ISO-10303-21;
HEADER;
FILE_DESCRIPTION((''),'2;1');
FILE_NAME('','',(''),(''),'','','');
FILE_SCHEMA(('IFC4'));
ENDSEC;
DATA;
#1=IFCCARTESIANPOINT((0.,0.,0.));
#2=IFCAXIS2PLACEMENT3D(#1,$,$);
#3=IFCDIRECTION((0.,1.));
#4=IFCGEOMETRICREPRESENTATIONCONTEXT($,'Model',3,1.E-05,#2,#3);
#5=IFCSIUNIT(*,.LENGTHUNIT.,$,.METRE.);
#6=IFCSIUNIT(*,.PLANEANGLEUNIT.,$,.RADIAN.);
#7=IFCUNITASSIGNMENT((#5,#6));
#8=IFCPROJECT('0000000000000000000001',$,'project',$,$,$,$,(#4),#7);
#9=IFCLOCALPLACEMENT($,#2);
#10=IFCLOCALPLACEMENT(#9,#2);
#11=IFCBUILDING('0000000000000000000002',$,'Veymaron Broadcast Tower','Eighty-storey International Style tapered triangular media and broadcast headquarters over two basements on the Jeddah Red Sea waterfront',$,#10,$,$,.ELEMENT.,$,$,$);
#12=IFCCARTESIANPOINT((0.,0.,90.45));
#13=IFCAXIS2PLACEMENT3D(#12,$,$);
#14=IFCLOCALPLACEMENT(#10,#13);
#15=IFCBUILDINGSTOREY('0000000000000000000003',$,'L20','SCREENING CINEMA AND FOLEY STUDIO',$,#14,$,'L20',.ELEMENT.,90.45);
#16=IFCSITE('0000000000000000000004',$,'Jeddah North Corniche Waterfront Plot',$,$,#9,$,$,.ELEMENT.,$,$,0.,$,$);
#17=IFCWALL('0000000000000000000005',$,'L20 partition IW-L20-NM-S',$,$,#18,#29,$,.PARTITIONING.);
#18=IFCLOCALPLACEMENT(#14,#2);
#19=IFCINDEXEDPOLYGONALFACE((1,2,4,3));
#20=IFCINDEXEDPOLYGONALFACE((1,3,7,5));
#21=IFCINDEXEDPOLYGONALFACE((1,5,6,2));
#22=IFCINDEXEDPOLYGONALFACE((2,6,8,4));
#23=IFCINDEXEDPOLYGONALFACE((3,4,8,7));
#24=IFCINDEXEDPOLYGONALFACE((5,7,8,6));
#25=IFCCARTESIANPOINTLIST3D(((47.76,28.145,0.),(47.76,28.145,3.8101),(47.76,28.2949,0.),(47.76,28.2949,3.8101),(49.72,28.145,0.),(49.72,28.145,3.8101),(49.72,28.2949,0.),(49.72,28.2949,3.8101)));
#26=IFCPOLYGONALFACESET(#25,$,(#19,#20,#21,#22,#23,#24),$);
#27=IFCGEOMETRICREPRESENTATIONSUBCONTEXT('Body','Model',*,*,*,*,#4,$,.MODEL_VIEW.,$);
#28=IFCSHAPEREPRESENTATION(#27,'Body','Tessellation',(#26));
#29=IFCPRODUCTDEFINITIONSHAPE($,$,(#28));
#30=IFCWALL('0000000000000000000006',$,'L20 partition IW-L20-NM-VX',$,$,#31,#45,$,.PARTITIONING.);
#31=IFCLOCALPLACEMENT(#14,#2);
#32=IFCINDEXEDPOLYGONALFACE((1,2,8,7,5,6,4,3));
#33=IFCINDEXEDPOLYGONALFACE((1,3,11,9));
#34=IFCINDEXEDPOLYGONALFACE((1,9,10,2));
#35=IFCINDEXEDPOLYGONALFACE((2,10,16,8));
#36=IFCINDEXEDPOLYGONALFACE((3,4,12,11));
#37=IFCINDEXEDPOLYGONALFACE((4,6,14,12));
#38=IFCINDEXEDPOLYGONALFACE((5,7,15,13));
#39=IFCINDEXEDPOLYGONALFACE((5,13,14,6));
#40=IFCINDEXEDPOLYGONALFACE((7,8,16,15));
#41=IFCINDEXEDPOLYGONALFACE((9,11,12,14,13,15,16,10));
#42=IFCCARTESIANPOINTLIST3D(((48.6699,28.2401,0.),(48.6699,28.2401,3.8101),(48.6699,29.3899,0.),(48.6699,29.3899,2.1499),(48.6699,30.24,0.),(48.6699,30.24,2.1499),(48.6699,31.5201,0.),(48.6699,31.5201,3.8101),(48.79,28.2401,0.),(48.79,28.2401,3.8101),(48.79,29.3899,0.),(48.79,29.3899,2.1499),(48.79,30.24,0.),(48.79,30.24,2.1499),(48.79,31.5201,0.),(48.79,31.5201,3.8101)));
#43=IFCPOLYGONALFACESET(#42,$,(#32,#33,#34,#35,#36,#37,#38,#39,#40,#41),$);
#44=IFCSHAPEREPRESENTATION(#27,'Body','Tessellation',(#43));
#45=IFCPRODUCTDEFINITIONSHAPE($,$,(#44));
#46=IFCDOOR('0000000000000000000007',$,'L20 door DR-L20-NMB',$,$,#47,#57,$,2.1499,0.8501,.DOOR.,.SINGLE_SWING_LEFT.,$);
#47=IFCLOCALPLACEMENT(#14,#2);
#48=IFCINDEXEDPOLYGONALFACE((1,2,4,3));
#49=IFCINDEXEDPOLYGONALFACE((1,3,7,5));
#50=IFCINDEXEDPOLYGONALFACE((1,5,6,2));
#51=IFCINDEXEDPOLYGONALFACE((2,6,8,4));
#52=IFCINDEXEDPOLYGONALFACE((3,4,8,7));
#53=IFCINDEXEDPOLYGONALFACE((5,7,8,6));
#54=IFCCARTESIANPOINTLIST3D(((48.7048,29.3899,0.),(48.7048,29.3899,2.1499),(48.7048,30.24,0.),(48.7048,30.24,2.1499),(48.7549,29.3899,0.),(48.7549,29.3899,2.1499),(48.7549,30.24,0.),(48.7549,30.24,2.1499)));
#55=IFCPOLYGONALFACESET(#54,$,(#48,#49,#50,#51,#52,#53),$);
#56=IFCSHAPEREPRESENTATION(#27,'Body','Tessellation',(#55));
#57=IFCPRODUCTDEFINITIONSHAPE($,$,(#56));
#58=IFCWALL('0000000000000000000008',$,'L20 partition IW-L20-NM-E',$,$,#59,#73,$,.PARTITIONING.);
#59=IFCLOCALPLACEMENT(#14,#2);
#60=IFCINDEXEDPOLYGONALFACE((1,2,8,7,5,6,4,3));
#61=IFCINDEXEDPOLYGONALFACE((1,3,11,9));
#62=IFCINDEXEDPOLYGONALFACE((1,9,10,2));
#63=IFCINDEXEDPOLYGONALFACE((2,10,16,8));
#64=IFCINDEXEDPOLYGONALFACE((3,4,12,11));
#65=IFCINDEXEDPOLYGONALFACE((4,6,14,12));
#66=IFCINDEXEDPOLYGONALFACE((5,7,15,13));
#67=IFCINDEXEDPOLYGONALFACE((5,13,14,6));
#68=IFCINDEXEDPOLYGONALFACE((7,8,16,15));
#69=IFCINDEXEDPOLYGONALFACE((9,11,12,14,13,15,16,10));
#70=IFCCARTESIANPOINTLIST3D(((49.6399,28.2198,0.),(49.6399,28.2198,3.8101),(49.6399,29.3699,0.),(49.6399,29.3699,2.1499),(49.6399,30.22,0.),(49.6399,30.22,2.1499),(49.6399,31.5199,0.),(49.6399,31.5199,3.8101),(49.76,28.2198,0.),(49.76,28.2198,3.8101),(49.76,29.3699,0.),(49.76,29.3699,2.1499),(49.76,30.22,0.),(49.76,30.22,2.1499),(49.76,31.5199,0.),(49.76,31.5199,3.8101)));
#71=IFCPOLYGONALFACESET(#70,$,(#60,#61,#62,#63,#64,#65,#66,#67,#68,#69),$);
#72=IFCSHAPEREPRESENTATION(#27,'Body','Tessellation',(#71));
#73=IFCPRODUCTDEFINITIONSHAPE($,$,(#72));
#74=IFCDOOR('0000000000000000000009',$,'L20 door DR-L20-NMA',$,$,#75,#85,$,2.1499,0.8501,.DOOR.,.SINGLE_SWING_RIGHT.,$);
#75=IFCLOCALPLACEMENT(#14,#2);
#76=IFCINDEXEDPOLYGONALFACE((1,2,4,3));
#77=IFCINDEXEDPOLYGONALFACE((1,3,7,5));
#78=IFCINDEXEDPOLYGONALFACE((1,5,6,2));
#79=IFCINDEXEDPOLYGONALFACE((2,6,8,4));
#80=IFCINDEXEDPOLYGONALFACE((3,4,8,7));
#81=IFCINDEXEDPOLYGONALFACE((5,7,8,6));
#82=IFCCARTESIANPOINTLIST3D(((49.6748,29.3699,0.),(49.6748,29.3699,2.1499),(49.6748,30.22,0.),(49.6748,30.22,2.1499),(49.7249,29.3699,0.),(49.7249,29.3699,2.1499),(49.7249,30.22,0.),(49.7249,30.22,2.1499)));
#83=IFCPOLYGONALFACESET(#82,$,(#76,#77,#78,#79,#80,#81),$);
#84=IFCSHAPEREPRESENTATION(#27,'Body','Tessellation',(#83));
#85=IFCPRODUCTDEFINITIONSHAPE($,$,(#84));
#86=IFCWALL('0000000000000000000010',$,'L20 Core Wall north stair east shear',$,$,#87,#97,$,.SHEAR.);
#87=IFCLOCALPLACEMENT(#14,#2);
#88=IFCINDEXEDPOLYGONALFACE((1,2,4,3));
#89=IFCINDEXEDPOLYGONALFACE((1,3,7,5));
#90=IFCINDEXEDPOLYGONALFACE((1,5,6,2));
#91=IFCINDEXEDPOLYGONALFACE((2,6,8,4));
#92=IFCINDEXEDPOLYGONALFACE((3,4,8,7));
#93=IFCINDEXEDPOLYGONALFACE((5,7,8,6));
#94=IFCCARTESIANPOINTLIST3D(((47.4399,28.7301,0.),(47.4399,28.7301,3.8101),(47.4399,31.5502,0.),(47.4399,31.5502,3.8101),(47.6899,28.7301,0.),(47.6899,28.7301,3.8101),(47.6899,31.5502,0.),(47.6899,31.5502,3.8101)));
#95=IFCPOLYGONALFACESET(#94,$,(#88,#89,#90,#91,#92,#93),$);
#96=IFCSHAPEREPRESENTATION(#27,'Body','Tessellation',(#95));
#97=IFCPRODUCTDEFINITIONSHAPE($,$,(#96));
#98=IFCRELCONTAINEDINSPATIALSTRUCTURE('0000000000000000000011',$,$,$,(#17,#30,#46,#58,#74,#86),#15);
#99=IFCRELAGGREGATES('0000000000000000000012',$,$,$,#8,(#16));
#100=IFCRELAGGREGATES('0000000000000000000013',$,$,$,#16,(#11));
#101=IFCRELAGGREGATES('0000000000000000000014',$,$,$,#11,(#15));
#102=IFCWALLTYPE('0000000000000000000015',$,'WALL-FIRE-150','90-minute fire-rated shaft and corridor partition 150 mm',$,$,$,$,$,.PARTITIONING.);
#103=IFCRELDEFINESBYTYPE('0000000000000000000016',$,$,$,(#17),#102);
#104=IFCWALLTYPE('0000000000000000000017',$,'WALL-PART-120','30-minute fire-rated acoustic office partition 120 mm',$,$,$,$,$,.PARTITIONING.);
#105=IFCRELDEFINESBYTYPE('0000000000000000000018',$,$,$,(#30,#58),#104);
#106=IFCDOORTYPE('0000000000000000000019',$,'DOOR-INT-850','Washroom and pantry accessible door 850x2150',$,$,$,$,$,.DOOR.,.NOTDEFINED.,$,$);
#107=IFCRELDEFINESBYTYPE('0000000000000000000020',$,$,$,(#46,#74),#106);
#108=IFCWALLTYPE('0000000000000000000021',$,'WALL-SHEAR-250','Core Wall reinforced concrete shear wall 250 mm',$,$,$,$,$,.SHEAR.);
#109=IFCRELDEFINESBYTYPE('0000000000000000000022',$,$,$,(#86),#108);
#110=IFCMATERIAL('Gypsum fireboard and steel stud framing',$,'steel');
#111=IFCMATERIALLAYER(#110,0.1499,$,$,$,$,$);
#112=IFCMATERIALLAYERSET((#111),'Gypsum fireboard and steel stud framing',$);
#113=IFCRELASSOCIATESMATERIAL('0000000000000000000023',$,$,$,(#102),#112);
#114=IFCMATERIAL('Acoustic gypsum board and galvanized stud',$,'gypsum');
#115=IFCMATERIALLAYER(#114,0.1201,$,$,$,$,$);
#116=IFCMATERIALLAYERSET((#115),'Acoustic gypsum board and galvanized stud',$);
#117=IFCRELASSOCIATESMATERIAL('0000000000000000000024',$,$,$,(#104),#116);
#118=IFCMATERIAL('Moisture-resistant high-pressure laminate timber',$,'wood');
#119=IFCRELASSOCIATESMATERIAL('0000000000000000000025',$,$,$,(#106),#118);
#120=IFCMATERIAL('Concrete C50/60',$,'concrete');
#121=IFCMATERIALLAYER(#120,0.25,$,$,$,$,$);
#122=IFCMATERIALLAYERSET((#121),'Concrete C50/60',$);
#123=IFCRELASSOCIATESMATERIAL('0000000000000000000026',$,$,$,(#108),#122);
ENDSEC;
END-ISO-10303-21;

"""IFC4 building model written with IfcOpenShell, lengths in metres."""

from ifc_helpers import new_model, si_unit, direction, frame, frame_2d, origin, place, context, subcontext, project, spatial, rectangle, extrude, material, layer, layer_set, type_object, element, fill, save


model = new_model("IFC4")

# Units and contexts
model_context = context("Model", 3, precision=1e-05, world=origin(), true_north=direction((0.0, 1.0)))
body_context = subcontext(model_context, "Body", "Model", "MODEL_VIEW")
ifc_project = project(units=[si_unit("LENGTHUNIT", "METRE"), si_unit("PLANEANGLEUNIT", "RADIAN")], contexts=[model_context])

# Site, building, storey
site_placement = place(None, origin())
site = spatial("IfcSite", under=ifc_project, at=site_placement, Name="Jeddah North Corniche Waterfront Plot", CompositionType="ELEMENT", RefElevation=0.0)
building_placement = place(site_placement, origin())
building = spatial("IfcBuilding", under=site, at=building_placement, Name="Veymaron Broadcast Tower", Description="Eighty-storey International Style tapered triangular media and broadcast headquarters over two basements on the Jeddah Red Sea waterfront", CompositionType="ELEMENT")
storey_placement = place(building_placement, frame((0.0, 0.0, 90.45)))
storey = spatial("IfcBuildingStorey", under=building, at=storey_placement, Name="L20", Description="SCREENING CINEMA AND FOLEY STUDIO", LongName="L20", CompositionType="ELEMENT", Elevation=90.45)

# Shared definitions
ifc_material_1 = material(Name="Gypsum fireboard and steel stud framing", Category="steel")
ifc_layer_1 = layer(ifc_material_1, 0.1499)
ifc_layer_set_1 = layer_set([ifc_layer_1], Name="Gypsum fireboard and steel stud framing")
wall_type_1 = type_object("IfcWallType", Name="WALL-FIRE-150", Description="90-minute fire-rated shaft and corridor partition 150 mm", PredefinedType="PARTITIONING", material=ifc_layer_set_1)

# Wall
wall_1_placement = place(storey_placement, frame((47.76, 28.22, 0.0), z_axis=(0.0, 0.0, 1.0), x_axis=(1.0, 0.0, 0.0)))
element("IfcWall", 1, at=wall_1_placement, inside=storey, type_object=wall_type_1, Name="L20 partition IW-L20-NM-S", PredefinedType="PARTITIONING", context=body_context, shape_type="SweptSolid", body=[
    extrude(rectangle(XDim=1.96, YDim=0.1499, at=frame_2d((0.98, 0.0))), origin(), (0.0, 0.0, 1.0), 3.8101),
])

# Walls, openings, doors
ifc_material_2 = material(Name="Acoustic gypsum board and galvanized stud", Category="gypsum")
ifc_layer_2 = layer(ifc_material_2, 0.1201)
ifc_layer_set_2 = layer_set([ifc_layer_2], Name="Acoustic gypsum board and galvanized stud")
wall_type_2 = type_object("IfcWallType", Name="WALL-PART-120", Description="30-minute fire-rated acoustic office partition 120 mm", PredefinedType="PARTITIONING", material=ifc_layer_set_2)
wall_2_placement = place(storey_placement, frame((48.73, 28.24, 0.0), z_axis=(0.0, 0.0, 1.0), x_axis=(0.0, 1.0, 0.0)))
wall_2 = element("IfcWall", 2, at=wall_2_placement, inside=storey, type_object=wall_type_2, Name="L20 partition IW-L20-NM-VX", PredefinedType="PARTITIONING", context=body_context, shape_type="SweptSolid", body=[
    extrude(rectangle(XDim=3.28, YDim=0.1201, at=frame_2d((1.6401, 0.0))), origin(), (0.0, 0.0, 1.0), 3.8101),
])
opening_1_placement = place(wall_2_placement, frame((1.1499, 0.0, 0.0)))
opening_1 = element("IfcOpeningElement", 3, at=opening_1_placement, cuts=wall_2, PredefinedType="OPENING", context=body_context, shape_type="SweptSolid", body=[
    extrude(rectangle(XDim=0.8501, YDim=2.1499, at=frame_2d((0.425, 1.075))), frame((0.0, 0.0701, 0.0), z_axis=(0.0, -1.0, 0.0), x_axis=(1.0, 0.0, 0.0)), (0.0, 0.0, 1.0), 0.1401),
])
ifc_material_3 = material(Name="Moisture-resistant high-pressure laminate timber", Category="wood")
door_type_1 = type_object("IfcDoorType", Name="DOOR-INT-850", Description="Washroom and pantry accessible door 850x2150", OperationType="NOTDEFINED", PredefinedType="DOOR", material=ifc_material_3)
door_1_placement = place(opening_1_placement, frame((0.8501, 0.0, 0.0), z_axis=(0.0, 0.0, 1.0), x_axis=(-1.0, 0.0, 0.0)))
door_1 = element("IfcDoor", 4, at=door_1_placement, inside=storey, type_object=door_type_1, Name="L20 door DR-L20-NMB", OperationType="SINGLE_SWING_LEFT", OverallHeight=2.1499, OverallWidth=0.8501, PredefinedType="DOOR", context=body_context, shape_type="SweptSolid", body=[
    extrude(rectangle(XDim=0.8501, YDim=2.1499, at=frame_2d((0.425, 1.075))), frame((0.0, 0.0249, 0.0), z_axis=(0.0, -1.0, 0.0), x_axis=(1.0, 0.0, 0.0)), (0.0, 0.0, 1.0), 0.05),
])
fill(opening_1, door_1)
wall_3_placement = place(storey_placement, frame((49.7, 28.22, 0.0), z_axis=(0.0, 0.0, 1.0), x_axis=(0.0, 1.0, 0.0)))
wall_3 = element("IfcWall", 5, at=wall_3_placement, inside=storey, type_object=wall_type_2, Name="L20 partition IW-L20-NM-E", PredefinedType="PARTITIONING", context=body_context, shape_type="SweptSolid", body=[
    extrude(rectangle(XDim=3.3, YDim=0.1201, at=frame_2d((1.6499, 0.0))), origin(), (0.0, 0.0, 1.0), 3.8101),
])
opening_2_placement = place(wall_3_placement, frame((1.1499, 0.0, 0.0)))
opening_2 = element("IfcOpeningElement", 6, at=opening_2_placement, cuts=wall_3, PredefinedType="OPENING", context=body_context, shape_type="SweptSolid", body=[
    extrude(rectangle(XDim=0.8501, YDim=2.1499, at=frame_2d((0.425, 1.075))), frame((0.0, 0.0701, 0.0), z_axis=(0.0, -1.0, 0.0), x_axis=(1.0, 0.0, 0.0)), (0.0, 0.0, 1.0), 0.1401),
])
door_2_placement = place(opening_2_placement, frame((0.8501, 0.0, 0.0), z_axis=(0.0, 0.0, 1.0), x_axis=(-1.0, 0.0, 0.0)))
door_2 = element("IfcDoor", 7, at=door_2_placement, inside=storey, type_object=door_type_1, Name="L20 door DR-L20-NMA", OperationType="SINGLE_SWING_RIGHT", OverallHeight=2.1499, OverallWidth=0.8501, PredefinedType="DOOR", context=body_context, shape_type="SweptSolid", body=[
    extrude(rectangle(XDim=0.8501, YDim=2.1499, at=frame_2d((0.425, 1.075))), frame((0.0, 0.0249, 0.0), z_axis=(0.0, -1.0, 0.0), x_axis=(1.0, 0.0, 0.0)), (0.0, 0.0, 1.0), 0.05),
])
fill(opening_2, door_2)

# Wall
ifc_material_4 = material(Name="Concrete C50/60", Category="concrete")
ifc_layer_3 = layer(ifc_material_4, 0.25)
ifc_layer_set_3 = layer_set([ifc_layer_3], Name="Concrete C50/60")
wall_type_3 = type_object("IfcWallType", Name="WALL-SHEAR-250", Description="Core Wall reinforced concrete shear wall 250 mm", PredefinedType="SHEAR", material=ifc_layer_set_3)
wall_4_placement = place(storey_placement, frame((47.5649, 28.73, 0.0), z_axis=(0.0, 0.0, 1.0), x_axis=(0.0, 1.0, 0.0)))
element("IfcWall", 8, at=wall_4_placement, inside=storey, type_object=wall_type_3, Name="L20 Core Wall north stair east shear", PredefinedType="SHEAR", context=body_context, shape_type="SweptSolid", body=[
    extrude(rectangle(XDim=2.8201, YDim=0.25, at=frame_2d((1.4102, 0.0))), origin(), (0.0, 0.0, 1.0), 3.8101),
])

save(model, "model.ifc")
